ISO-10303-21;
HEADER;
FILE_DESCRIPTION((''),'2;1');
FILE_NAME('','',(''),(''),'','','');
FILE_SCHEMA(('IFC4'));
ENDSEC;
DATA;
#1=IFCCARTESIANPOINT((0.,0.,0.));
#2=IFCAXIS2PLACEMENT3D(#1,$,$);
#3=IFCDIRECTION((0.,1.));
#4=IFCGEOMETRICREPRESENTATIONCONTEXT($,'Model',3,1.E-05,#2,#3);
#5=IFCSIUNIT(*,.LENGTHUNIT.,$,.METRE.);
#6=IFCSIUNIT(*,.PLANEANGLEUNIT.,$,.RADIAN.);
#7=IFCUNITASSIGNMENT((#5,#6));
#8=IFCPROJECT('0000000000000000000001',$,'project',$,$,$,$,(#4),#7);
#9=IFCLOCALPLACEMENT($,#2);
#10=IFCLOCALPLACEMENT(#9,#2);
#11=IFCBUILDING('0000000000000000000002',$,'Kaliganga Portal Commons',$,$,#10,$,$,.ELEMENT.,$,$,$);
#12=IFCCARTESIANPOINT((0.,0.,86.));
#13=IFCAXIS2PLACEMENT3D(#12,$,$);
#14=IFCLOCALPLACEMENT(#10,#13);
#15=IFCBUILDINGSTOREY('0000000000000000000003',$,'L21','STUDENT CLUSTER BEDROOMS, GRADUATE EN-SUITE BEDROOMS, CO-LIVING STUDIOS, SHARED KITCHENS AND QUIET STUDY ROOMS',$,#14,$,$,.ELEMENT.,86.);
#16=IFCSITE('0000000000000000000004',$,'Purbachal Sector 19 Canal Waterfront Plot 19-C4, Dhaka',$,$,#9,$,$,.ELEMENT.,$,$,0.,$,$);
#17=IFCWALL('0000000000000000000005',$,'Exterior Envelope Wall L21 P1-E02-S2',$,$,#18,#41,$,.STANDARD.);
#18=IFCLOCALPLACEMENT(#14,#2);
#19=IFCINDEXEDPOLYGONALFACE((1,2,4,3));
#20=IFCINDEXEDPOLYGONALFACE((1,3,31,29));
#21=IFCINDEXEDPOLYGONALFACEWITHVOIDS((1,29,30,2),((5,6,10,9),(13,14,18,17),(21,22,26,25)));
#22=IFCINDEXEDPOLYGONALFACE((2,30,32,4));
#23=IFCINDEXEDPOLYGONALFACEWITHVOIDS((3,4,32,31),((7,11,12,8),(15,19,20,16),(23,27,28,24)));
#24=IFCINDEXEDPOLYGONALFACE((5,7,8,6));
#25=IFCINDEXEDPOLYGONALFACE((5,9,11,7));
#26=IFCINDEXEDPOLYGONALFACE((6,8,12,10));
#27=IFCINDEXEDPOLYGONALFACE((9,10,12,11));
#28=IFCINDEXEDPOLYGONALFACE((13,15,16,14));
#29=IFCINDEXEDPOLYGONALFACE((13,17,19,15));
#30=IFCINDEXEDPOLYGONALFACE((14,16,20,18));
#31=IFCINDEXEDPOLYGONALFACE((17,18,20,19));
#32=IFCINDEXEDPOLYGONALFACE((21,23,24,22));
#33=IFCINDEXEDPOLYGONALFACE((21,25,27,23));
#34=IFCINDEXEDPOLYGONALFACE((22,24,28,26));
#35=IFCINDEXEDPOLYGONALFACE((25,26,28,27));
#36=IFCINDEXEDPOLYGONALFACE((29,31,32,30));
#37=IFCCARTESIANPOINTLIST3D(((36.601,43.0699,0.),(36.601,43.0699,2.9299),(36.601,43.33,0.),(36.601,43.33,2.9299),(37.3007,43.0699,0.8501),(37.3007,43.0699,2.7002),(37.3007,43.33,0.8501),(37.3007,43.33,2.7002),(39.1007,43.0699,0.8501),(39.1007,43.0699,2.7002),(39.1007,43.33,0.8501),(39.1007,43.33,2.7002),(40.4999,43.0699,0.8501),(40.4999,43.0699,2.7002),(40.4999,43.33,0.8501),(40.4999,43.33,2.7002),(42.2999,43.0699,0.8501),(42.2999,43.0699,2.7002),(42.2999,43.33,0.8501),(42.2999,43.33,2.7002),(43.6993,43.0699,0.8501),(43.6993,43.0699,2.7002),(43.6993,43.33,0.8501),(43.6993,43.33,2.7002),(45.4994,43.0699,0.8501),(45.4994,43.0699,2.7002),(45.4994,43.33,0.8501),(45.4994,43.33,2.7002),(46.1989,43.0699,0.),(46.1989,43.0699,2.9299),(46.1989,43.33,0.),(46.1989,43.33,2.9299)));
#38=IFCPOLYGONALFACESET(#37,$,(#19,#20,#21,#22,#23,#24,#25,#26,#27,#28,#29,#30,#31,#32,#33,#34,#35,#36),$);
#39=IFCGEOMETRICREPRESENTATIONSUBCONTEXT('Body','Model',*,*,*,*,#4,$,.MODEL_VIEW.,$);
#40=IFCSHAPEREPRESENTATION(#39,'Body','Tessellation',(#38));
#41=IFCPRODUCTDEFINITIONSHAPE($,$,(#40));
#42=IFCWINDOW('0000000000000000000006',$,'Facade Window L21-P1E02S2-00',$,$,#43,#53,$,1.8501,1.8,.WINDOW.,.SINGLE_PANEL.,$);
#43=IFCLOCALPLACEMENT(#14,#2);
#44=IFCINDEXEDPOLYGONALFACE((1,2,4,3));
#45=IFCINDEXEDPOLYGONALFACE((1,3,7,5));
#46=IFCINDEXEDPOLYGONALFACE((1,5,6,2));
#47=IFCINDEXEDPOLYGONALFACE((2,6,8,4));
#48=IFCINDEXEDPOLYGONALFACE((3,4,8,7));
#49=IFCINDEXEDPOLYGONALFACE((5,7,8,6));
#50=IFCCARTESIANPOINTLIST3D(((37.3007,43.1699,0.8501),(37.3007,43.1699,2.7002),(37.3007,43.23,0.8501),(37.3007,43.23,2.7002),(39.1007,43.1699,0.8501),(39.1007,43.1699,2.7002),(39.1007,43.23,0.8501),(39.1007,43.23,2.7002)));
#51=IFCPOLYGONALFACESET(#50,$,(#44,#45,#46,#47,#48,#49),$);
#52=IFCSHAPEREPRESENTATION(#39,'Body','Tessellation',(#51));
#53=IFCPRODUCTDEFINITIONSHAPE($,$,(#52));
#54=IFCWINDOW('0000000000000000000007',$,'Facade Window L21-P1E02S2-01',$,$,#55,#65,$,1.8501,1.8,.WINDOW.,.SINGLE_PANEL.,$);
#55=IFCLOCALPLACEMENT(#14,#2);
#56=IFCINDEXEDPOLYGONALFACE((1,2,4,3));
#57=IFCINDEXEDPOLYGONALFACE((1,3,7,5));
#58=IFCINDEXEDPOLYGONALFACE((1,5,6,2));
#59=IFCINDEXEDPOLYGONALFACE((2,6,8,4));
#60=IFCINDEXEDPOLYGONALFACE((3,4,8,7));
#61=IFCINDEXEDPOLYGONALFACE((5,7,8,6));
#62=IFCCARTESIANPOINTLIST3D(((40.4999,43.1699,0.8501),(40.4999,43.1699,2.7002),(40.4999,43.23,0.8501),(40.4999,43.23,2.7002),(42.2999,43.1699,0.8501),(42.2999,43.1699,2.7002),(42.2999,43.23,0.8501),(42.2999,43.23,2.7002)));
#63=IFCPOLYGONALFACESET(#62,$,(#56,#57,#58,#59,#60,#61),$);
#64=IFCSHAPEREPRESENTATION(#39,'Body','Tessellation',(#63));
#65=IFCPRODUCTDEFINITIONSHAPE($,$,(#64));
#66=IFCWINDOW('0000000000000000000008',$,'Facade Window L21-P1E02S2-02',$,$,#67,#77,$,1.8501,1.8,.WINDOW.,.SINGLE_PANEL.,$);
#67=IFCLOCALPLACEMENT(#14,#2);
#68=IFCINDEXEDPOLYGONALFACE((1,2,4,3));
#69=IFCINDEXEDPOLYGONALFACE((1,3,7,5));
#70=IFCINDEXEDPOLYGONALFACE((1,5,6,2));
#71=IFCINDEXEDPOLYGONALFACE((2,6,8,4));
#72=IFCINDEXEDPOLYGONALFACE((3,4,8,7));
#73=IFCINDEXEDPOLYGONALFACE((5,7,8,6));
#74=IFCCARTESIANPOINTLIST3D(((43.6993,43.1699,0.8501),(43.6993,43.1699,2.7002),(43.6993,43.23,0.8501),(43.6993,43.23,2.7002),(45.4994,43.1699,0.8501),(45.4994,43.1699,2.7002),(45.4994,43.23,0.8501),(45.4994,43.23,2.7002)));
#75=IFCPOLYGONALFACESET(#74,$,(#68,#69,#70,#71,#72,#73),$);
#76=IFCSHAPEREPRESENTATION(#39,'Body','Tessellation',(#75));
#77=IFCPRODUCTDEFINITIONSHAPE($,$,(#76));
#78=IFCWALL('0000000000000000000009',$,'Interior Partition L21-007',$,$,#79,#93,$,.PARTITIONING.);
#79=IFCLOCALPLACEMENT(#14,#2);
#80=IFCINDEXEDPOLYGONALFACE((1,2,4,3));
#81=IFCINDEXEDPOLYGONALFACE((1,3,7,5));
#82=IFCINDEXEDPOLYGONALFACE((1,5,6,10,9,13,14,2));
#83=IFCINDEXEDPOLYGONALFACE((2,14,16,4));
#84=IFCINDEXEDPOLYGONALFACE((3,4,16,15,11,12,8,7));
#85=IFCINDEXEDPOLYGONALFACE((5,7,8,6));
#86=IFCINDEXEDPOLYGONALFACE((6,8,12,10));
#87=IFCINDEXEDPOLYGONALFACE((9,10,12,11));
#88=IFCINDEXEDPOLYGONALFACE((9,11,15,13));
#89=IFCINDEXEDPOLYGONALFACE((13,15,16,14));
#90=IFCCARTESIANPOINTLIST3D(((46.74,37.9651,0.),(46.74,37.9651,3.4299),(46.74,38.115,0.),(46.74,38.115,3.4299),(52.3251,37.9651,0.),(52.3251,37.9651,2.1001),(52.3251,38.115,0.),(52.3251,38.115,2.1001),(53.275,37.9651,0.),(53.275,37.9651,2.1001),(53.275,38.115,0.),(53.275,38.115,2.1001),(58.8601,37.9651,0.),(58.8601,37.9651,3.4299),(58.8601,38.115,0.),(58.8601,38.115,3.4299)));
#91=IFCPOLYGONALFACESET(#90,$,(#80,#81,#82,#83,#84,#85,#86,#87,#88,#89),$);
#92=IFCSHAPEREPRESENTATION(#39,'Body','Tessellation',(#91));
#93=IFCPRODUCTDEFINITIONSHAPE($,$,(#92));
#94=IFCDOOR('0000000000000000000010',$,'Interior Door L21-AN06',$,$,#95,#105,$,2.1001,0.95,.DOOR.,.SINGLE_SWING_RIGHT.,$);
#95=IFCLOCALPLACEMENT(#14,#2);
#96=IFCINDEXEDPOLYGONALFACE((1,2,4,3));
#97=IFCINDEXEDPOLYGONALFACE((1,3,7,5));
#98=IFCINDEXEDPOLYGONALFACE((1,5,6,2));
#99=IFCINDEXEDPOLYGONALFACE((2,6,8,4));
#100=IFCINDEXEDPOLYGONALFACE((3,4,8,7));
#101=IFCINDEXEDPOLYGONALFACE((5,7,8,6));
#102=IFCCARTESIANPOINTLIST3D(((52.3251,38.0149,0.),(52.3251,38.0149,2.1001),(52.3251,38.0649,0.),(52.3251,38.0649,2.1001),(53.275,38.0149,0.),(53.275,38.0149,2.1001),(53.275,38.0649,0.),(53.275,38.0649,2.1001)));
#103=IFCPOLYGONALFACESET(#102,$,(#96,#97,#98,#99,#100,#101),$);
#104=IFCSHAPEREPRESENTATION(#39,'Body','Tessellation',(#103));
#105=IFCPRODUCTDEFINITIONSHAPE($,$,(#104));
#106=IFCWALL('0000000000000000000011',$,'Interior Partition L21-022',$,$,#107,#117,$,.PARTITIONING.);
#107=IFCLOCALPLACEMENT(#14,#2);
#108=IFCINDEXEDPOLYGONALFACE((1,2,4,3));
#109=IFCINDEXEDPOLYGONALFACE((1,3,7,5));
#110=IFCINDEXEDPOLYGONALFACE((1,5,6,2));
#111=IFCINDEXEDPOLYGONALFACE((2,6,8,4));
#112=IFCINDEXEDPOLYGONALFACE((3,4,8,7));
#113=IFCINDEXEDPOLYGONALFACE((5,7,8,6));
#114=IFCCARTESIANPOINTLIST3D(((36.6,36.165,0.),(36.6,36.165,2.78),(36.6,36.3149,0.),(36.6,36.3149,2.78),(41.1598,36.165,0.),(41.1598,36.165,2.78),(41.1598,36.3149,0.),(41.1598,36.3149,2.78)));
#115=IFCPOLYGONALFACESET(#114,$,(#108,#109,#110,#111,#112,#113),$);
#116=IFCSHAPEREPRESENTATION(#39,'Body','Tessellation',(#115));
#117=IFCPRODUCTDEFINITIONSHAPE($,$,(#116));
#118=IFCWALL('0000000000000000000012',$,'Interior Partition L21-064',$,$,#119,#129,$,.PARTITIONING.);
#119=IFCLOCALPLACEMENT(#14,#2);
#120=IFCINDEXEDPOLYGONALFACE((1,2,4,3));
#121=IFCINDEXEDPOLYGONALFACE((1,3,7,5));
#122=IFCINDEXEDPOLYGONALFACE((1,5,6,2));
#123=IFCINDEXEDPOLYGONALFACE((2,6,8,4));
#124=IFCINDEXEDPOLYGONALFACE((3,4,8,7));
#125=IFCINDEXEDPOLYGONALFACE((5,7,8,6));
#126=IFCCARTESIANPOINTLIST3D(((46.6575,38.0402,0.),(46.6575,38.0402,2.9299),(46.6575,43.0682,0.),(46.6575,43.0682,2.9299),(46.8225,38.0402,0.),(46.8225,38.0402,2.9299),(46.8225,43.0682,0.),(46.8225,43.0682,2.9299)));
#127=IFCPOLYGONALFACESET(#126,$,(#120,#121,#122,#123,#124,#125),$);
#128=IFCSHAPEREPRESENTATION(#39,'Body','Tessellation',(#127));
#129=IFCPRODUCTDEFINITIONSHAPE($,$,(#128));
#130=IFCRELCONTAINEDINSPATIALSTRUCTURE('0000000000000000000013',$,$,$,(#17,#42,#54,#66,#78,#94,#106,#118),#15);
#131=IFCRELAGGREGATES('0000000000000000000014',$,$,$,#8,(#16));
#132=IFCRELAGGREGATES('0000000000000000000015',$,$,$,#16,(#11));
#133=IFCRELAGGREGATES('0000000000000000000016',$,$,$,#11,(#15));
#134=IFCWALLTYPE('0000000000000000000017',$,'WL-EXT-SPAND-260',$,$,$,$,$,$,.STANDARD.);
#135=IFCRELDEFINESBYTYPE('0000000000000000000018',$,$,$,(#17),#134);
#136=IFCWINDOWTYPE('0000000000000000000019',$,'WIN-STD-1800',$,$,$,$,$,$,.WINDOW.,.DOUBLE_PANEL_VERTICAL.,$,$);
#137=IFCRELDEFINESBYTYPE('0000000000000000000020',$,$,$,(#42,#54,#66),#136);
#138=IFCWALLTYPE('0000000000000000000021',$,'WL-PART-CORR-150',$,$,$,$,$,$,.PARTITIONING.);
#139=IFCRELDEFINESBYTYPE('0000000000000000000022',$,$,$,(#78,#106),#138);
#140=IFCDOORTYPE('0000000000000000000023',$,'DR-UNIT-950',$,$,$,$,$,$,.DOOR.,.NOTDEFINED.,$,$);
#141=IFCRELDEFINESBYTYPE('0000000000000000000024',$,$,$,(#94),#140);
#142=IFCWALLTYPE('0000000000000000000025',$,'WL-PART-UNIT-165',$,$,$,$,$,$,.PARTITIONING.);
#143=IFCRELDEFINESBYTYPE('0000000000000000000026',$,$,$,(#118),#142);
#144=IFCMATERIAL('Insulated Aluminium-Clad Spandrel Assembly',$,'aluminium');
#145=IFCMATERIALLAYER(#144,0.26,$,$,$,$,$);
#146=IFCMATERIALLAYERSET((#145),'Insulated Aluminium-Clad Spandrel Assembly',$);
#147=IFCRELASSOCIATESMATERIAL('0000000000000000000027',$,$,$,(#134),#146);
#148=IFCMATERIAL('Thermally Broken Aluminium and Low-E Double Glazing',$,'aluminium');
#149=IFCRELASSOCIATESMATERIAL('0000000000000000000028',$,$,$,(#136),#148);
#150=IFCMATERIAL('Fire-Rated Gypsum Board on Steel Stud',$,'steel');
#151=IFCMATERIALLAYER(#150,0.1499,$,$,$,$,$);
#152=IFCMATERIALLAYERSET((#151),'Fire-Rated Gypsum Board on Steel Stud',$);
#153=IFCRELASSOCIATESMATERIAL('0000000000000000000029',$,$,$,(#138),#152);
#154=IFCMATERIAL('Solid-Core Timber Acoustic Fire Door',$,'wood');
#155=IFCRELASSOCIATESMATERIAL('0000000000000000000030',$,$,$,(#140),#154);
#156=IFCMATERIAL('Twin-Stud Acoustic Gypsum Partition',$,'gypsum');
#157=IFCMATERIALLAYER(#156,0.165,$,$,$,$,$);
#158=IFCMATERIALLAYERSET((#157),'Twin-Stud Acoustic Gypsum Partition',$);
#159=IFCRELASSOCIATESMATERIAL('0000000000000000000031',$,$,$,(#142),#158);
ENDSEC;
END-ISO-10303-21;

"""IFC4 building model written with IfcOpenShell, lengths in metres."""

from ifc_helpers import new_model, si_unit, direction, frame, frame_2d, origin, place, context, subcontext, project, spatial, rectangle, extrude, material, layer, layer_set, type_object, element, fill, save


model = new_model("IFC4")

# Units and contexts
model_context = context("Model", 3, precision=1e-05, world=origin(), true_north=direction((0.0, 1.0)))
body_context = subcontext(model_context, "Body", "Model", "MODEL_VIEW")
ifc_project = project(units=[si_unit("LENGTHUNIT", "METRE"), si_unit("PLANEANGLEUNIT", "RADIAN")], contexts=[model_context])

# Site, building, storey
site_placement = place(None, origin())
site = spatial("IfcSite", under=ifc_project, at=site_placement, Name="Purbachal Sector 19 Canal Waterfront Plot 19-C4, Dhaka", CompositionType="ELEMENT", RefElevation=0.0)
building_placement = place(site_placement, origin())
building = spatial("IfcBuilding", under=site, at=building_placement, Name="Kaliganga Portal Commons", CompositionType="ELEMENT")
storey_placement = place(building_placement, frame((0.0, 0.0, 86.0)))
storey = spatial("IfcBuildingStorey", under=building, at=storey_placement, Name="L21", Description="STUDENT CLUSTER BEDROOMS, GRADUATE EN-SUITE BEDROOMS, CO-LIVING STUDIOS, SHARED KITCHENS AND QUIET STUDY ROOMS", CompositionType="ELEMENT", Elevation=86.0)

# Shared definitions
ifc_material_1 = material(Name="Insulated Aluminium-Clad Spandrel Assembly", Category="aluminium")
ifc_layer_1 = layer(ifc_material_1, 0.26)
ifc_layer_set_1 = layer_set([ifc_layer_1], Name="Insulated Aluminium-Clad Spandrel Assembly")
wall_type_1 = type_object("IfcWallType", Name="WL-EXT-SPAND-260", PredefinedType="STANDARD", material=ifc_layer_set_1)
ifc_material_2 = material(Name="Thermally Broken Aluminium and Low-E Double Glazing", Category="aluminium")
window_type = type_object("IfcWindowType", Name="WIN-STD-1800", PartitioningType="DOUBLE_PANEL_VERTICAL", PredefinedType="WINDOW", material=ifc_material_2)

# Wall, openings, windows
wall_1_placement = place(storey_placement, frame((36.6011, 43.2, 0.0), z_axis=(0.0, 0.0, 1.0), x_axis=(1.0, 0.0, 0.0)))
wall_1 = element("IfcWall", 1, at=wall_1_placement, inside=storey, type_object=wall_type_1, Name="Exterior Envelope Wall L21 P1-E02-S2", PredefinedType="STANDARD", context=body_context, shape_type="SweptSolid", body=[
    extrude(rectangle(XDim=9.5979, YDim=0.26, at=frame_2d((4.7988, 0.0))), origin(), (0.0, 0.0, 1.0), 2.9299),
])
opening_1_placement = place(wall_1_placement, frame((0.6997, 0.0, 0.8501)))
opening_1 = element("IfcOpeningElement", 2, at=opening_1_placement, cuts=wall_1, PredefinedType="OPENING", context=body_context, shape_type="SweptSolid", body=[
    extrude(rectangle(XDim=1.8, YDim=1.8501, at=frame_2d((0.8999, 0.925))), frame((0.0, 0.1401, 0.0), z_axis=(0.0, -1.0, 0.0), x_axis=(1.0, 0.0, 0.0)), (0.0, 0.0, 1.0), 0.28),
])
opening_2_placement = place(wall_1_placement, frame((3.8989, 0.0, 0.8501)))
opening_2 = element("IfcOpeningElement", 3, at=opening_2_placement, cuts=wall_1, PredefinedType="OPENING", context=body_context, shape_type="SweptSolid", body=[
    extrude(rectangle(XDim=1.8, YDim=1.8501, at=frame_2d((0.8999, 0.925))), frame((0.0, 0.1401, 0.0), z_axis=(0.0, -1.0, 0.0), x_axis=(1.0, 0.0, 0.0)), (0.0, 0.0, 1.0), 0.28),
])
opening_3_placement = place(wall_1_placement, frame((7.0984, 0.0, 0.8501)))
opening_3 = element("IfcOpeningElement", 4, at=opening_3_placement, cuts=wall_1, PredefinedType="OPENING", context=body_context, shape_type="SweptSolid", body=[
    extrude(rectangle(XDim=1.8, YDim=1.8501, at=frame_2d((0.8999, 0.925))), frame((0.0, 0.1401, 0.0), z_axis=(0.0, -1.0, 0.0), x_axis=(1.0, 0.0, 0.0)), (0.0, 0.0, 1.0), 0.28),
])
window_1_placement = place(opening_1_placement, origin())
window_1 = element("IfcWindow", 5, at=window_1_placement, inside=storey, type_object=window_type, Name="Facade Window L21-P1E02S2-00", OverallHeight=1.8501, OverallWidth=1.8, PartitioningType="SINGLE_PANEL", PredefinedType="WINDOW", context=body_context, shape_type="SweptSolid", body=[
    extrude(rectangle(XDim=1.8, YDim=1.8501, at=frame_2d((0.8999, 0.925))), frame((0.0, 0.03, 0.0), z_axis=(0.0, -1.0, 0.0), x_axis=(1.0, 0.0, 0.0)), (0.0, 0.0, 1.0), 0.0601),
])
fill(opening_1, window_1)
window_2_placement = place(opening_2_placement, origin())
window_2 = element("IfcWindow", 6, at=window_2_placement, inside=storey, type_object=window_type, Name="Facade Window L21-P1E02S2-01", OverallHeight=1.8501, OverallWidth=1.8, PartitioningType="SINGLE_PANEL", PredefinedType="WINDOW", context=body_context, shape_type="SweptSolid", body=[
    extrude(rectangle(XDim=1.8, YDim=1.8501, at=frame_2d((0.8999, 0.925))), frame((0.0, 0.03, 0.0), z_axis=(0.0, -1.0, 0.0), x_axis=(1.0, 0.0, 0.0)), (0.0, 0.0, 1.0), 0.0601),
])
fill(opening_2, window_2)
window_3_placement = place(opening_3_placement, origin())
window_3 = element("IfcWindow", 7, at=window_3_placement, inside=storey, type_object=window_type, Name="Facade Window L21-P1E02S2-02", OverallHeight=1.8501, OverallWidth=1.8, PartitioningType="SINGLE_PANEL", PredefinedType="WINDOW", context=body_context, shape_type="SweptSolid", body=[
    extrude(rectangle(XDim=1.8, YDim=1.8501, at=frame_2d((0.8999, 0.925))), frame((0.0, 0.03, 0.0), z_axis=(0.0, -1.0, 0.0), x_axis=(1.0, 0.0, 0.0)), (0.0, 0.0, 1.0), 0.0601),
])
fill(opening_3, window_3)

# Wall, opening, door
ifc_material_3 = material(Name="Fire-Rated Gypsum Board on Steel Stud", Category="steel")
ifc_layer_2 = layer(ifc_material_3, 0.1499)
ifc_layer_set_2 = layer_set([ifc_layer_2], Name="Fire-Rated Gypsum Board on Steel Stud")
wall_type_2 = type_object("IfcWallType", Name="WL-PART-CORR-150", PredefinedType="PARTITIONING", material=ifc_layer_set_2)
wall_2_placement = place(storey_placement, frame((46.74, 38.04, 0.0), z_axis=(0.0, 0.0, 1.0), x_axis=(1.0, 0.0, 0.0)))
wall_2 = element("IfcWall", 8, at=wall_2_placement, inside=storey, type_object=wall_type_2, Name="Interior Partition L21-007", PredefinedType="PARTITIONING", context=body_context, shape_type="SweptSolid", body=[
    extrude(rectangle(XDim=12.1201, YDim=0.1499, at=frame_2d((6.0601, 0.0))), origin(), (0.0, 0.0, 1.0), 3.4299),
])
opening_4_placement = place(wall_2_placement, frame((5.585, 0.0, 0.0)))
opening_4 = element("IfcOpeningElement", 9, at=opening_4_placement, cuts=wall_2, PredefinedType="OPENING", context=body_context, shape_type="SweptSolid", body=[
    extrude(rectangle(XDim=0.95, YDim=2.1001, at=frame_2d((0.4751, 1.05))), frame((0.0, 0.085, 0.0), z_axis=(0.0, -1.0, 0.0), x_axis=(1.0, 0.0, 0.0)), (0.0, 0.0, 1.0), 0.1699),
])
ifc_material_4 = material(Name="Solid-Core Timber Acoustic Fire Door", Category="wood")
door_type_1 = type_object("IfcDoorType", Name="DR-UNIT-950", OperationType="NOTDEFINED", PredefinedType="DOOR", material=ifc_material_4)
door_1_placement = place(opening_4_placement, origin())
door_1 = element("IfcDoor", 10, at=door_1_placement, inside=storey, type_object=door_type_1, Name="Interior Door L21-AN06", OperationType="SINGLE_SWING_RIGHT", OverallHeight=2.1001, OverallWidth=0.95, PredefinedType="DOOR", context=body_context, shape_type="SweptSolid", body=[
    extrude(rectangle(XDim=0.95, YDim=2.1001, at=frame_2d((0.4751, 1.05))), frame((0.0, 0.0249, 0.0), z_axis=(0.0, -1.0, 0.0), x_axis=(1.0, 0.0, 0.0)), (0.0, 0.0, 1.0), 0.05),
])
fill(opening_4, door_1)

# Wall
wall_3_placement = place(storey_placement, frame((36.6001, 36.24, 0.0), z_axis=(0.0, 0.0, 1.0), x_axis=(1.0, 0.0, 0.0)))
element("IfcWall", 11, at=wall_3_placement, inside=storey, type_object=wall_type_2, Name="Interior Partition L21-022", PredefinedType="PARTITIONING", context=body_context, shape_type="SweptSolid", body=[
    extrude(rectangle(XDim=4.5598, YDim=0.1499, at=frame_2d((2.2798, 0.0))), origin(), (0.0, 0.0, 1.0), 2.78),
])

# Wall
ifc_material_5 = material(Name="Twin-Stud Acoustic Gypsum Partition", Category="gypsum")
ifc_layer_3 = layer(ifc_material_5, 0.165)
ifc_layer_set_3 = layer_set([ifc_layer_3], Name="Twin-Stud Acoustic Gypsum Partition")
wall_type_3 = type_object("IfcWallType", Name="WL-PART-UNIT-165", PredefinedType="PARTITIONING", material=ifc_layer_set_3)
wall_4_placement = place(storey_placement, frame((46.74, 38.04, 0.0), z_axis=(0.0, 0.0, 1.0), x_axis=(0.0, 1.0, 0.0)))
element("IfcWall", 12, at=wall_4_placement, inside=storey, type_object=wall_type_3, Name="Interior Partition L21-064", PredefinedType="PARTITIONING", context=body_context, shape_type="SweptSolid", body=[
    extrude(rectangle(XDim=5.0281, YDim=0.165, at=frame_2d((2.5142, 0.0))), origin(), (0.0, 0.0, 1.0), 2.9299),
])

save(model, "model.ifc")
